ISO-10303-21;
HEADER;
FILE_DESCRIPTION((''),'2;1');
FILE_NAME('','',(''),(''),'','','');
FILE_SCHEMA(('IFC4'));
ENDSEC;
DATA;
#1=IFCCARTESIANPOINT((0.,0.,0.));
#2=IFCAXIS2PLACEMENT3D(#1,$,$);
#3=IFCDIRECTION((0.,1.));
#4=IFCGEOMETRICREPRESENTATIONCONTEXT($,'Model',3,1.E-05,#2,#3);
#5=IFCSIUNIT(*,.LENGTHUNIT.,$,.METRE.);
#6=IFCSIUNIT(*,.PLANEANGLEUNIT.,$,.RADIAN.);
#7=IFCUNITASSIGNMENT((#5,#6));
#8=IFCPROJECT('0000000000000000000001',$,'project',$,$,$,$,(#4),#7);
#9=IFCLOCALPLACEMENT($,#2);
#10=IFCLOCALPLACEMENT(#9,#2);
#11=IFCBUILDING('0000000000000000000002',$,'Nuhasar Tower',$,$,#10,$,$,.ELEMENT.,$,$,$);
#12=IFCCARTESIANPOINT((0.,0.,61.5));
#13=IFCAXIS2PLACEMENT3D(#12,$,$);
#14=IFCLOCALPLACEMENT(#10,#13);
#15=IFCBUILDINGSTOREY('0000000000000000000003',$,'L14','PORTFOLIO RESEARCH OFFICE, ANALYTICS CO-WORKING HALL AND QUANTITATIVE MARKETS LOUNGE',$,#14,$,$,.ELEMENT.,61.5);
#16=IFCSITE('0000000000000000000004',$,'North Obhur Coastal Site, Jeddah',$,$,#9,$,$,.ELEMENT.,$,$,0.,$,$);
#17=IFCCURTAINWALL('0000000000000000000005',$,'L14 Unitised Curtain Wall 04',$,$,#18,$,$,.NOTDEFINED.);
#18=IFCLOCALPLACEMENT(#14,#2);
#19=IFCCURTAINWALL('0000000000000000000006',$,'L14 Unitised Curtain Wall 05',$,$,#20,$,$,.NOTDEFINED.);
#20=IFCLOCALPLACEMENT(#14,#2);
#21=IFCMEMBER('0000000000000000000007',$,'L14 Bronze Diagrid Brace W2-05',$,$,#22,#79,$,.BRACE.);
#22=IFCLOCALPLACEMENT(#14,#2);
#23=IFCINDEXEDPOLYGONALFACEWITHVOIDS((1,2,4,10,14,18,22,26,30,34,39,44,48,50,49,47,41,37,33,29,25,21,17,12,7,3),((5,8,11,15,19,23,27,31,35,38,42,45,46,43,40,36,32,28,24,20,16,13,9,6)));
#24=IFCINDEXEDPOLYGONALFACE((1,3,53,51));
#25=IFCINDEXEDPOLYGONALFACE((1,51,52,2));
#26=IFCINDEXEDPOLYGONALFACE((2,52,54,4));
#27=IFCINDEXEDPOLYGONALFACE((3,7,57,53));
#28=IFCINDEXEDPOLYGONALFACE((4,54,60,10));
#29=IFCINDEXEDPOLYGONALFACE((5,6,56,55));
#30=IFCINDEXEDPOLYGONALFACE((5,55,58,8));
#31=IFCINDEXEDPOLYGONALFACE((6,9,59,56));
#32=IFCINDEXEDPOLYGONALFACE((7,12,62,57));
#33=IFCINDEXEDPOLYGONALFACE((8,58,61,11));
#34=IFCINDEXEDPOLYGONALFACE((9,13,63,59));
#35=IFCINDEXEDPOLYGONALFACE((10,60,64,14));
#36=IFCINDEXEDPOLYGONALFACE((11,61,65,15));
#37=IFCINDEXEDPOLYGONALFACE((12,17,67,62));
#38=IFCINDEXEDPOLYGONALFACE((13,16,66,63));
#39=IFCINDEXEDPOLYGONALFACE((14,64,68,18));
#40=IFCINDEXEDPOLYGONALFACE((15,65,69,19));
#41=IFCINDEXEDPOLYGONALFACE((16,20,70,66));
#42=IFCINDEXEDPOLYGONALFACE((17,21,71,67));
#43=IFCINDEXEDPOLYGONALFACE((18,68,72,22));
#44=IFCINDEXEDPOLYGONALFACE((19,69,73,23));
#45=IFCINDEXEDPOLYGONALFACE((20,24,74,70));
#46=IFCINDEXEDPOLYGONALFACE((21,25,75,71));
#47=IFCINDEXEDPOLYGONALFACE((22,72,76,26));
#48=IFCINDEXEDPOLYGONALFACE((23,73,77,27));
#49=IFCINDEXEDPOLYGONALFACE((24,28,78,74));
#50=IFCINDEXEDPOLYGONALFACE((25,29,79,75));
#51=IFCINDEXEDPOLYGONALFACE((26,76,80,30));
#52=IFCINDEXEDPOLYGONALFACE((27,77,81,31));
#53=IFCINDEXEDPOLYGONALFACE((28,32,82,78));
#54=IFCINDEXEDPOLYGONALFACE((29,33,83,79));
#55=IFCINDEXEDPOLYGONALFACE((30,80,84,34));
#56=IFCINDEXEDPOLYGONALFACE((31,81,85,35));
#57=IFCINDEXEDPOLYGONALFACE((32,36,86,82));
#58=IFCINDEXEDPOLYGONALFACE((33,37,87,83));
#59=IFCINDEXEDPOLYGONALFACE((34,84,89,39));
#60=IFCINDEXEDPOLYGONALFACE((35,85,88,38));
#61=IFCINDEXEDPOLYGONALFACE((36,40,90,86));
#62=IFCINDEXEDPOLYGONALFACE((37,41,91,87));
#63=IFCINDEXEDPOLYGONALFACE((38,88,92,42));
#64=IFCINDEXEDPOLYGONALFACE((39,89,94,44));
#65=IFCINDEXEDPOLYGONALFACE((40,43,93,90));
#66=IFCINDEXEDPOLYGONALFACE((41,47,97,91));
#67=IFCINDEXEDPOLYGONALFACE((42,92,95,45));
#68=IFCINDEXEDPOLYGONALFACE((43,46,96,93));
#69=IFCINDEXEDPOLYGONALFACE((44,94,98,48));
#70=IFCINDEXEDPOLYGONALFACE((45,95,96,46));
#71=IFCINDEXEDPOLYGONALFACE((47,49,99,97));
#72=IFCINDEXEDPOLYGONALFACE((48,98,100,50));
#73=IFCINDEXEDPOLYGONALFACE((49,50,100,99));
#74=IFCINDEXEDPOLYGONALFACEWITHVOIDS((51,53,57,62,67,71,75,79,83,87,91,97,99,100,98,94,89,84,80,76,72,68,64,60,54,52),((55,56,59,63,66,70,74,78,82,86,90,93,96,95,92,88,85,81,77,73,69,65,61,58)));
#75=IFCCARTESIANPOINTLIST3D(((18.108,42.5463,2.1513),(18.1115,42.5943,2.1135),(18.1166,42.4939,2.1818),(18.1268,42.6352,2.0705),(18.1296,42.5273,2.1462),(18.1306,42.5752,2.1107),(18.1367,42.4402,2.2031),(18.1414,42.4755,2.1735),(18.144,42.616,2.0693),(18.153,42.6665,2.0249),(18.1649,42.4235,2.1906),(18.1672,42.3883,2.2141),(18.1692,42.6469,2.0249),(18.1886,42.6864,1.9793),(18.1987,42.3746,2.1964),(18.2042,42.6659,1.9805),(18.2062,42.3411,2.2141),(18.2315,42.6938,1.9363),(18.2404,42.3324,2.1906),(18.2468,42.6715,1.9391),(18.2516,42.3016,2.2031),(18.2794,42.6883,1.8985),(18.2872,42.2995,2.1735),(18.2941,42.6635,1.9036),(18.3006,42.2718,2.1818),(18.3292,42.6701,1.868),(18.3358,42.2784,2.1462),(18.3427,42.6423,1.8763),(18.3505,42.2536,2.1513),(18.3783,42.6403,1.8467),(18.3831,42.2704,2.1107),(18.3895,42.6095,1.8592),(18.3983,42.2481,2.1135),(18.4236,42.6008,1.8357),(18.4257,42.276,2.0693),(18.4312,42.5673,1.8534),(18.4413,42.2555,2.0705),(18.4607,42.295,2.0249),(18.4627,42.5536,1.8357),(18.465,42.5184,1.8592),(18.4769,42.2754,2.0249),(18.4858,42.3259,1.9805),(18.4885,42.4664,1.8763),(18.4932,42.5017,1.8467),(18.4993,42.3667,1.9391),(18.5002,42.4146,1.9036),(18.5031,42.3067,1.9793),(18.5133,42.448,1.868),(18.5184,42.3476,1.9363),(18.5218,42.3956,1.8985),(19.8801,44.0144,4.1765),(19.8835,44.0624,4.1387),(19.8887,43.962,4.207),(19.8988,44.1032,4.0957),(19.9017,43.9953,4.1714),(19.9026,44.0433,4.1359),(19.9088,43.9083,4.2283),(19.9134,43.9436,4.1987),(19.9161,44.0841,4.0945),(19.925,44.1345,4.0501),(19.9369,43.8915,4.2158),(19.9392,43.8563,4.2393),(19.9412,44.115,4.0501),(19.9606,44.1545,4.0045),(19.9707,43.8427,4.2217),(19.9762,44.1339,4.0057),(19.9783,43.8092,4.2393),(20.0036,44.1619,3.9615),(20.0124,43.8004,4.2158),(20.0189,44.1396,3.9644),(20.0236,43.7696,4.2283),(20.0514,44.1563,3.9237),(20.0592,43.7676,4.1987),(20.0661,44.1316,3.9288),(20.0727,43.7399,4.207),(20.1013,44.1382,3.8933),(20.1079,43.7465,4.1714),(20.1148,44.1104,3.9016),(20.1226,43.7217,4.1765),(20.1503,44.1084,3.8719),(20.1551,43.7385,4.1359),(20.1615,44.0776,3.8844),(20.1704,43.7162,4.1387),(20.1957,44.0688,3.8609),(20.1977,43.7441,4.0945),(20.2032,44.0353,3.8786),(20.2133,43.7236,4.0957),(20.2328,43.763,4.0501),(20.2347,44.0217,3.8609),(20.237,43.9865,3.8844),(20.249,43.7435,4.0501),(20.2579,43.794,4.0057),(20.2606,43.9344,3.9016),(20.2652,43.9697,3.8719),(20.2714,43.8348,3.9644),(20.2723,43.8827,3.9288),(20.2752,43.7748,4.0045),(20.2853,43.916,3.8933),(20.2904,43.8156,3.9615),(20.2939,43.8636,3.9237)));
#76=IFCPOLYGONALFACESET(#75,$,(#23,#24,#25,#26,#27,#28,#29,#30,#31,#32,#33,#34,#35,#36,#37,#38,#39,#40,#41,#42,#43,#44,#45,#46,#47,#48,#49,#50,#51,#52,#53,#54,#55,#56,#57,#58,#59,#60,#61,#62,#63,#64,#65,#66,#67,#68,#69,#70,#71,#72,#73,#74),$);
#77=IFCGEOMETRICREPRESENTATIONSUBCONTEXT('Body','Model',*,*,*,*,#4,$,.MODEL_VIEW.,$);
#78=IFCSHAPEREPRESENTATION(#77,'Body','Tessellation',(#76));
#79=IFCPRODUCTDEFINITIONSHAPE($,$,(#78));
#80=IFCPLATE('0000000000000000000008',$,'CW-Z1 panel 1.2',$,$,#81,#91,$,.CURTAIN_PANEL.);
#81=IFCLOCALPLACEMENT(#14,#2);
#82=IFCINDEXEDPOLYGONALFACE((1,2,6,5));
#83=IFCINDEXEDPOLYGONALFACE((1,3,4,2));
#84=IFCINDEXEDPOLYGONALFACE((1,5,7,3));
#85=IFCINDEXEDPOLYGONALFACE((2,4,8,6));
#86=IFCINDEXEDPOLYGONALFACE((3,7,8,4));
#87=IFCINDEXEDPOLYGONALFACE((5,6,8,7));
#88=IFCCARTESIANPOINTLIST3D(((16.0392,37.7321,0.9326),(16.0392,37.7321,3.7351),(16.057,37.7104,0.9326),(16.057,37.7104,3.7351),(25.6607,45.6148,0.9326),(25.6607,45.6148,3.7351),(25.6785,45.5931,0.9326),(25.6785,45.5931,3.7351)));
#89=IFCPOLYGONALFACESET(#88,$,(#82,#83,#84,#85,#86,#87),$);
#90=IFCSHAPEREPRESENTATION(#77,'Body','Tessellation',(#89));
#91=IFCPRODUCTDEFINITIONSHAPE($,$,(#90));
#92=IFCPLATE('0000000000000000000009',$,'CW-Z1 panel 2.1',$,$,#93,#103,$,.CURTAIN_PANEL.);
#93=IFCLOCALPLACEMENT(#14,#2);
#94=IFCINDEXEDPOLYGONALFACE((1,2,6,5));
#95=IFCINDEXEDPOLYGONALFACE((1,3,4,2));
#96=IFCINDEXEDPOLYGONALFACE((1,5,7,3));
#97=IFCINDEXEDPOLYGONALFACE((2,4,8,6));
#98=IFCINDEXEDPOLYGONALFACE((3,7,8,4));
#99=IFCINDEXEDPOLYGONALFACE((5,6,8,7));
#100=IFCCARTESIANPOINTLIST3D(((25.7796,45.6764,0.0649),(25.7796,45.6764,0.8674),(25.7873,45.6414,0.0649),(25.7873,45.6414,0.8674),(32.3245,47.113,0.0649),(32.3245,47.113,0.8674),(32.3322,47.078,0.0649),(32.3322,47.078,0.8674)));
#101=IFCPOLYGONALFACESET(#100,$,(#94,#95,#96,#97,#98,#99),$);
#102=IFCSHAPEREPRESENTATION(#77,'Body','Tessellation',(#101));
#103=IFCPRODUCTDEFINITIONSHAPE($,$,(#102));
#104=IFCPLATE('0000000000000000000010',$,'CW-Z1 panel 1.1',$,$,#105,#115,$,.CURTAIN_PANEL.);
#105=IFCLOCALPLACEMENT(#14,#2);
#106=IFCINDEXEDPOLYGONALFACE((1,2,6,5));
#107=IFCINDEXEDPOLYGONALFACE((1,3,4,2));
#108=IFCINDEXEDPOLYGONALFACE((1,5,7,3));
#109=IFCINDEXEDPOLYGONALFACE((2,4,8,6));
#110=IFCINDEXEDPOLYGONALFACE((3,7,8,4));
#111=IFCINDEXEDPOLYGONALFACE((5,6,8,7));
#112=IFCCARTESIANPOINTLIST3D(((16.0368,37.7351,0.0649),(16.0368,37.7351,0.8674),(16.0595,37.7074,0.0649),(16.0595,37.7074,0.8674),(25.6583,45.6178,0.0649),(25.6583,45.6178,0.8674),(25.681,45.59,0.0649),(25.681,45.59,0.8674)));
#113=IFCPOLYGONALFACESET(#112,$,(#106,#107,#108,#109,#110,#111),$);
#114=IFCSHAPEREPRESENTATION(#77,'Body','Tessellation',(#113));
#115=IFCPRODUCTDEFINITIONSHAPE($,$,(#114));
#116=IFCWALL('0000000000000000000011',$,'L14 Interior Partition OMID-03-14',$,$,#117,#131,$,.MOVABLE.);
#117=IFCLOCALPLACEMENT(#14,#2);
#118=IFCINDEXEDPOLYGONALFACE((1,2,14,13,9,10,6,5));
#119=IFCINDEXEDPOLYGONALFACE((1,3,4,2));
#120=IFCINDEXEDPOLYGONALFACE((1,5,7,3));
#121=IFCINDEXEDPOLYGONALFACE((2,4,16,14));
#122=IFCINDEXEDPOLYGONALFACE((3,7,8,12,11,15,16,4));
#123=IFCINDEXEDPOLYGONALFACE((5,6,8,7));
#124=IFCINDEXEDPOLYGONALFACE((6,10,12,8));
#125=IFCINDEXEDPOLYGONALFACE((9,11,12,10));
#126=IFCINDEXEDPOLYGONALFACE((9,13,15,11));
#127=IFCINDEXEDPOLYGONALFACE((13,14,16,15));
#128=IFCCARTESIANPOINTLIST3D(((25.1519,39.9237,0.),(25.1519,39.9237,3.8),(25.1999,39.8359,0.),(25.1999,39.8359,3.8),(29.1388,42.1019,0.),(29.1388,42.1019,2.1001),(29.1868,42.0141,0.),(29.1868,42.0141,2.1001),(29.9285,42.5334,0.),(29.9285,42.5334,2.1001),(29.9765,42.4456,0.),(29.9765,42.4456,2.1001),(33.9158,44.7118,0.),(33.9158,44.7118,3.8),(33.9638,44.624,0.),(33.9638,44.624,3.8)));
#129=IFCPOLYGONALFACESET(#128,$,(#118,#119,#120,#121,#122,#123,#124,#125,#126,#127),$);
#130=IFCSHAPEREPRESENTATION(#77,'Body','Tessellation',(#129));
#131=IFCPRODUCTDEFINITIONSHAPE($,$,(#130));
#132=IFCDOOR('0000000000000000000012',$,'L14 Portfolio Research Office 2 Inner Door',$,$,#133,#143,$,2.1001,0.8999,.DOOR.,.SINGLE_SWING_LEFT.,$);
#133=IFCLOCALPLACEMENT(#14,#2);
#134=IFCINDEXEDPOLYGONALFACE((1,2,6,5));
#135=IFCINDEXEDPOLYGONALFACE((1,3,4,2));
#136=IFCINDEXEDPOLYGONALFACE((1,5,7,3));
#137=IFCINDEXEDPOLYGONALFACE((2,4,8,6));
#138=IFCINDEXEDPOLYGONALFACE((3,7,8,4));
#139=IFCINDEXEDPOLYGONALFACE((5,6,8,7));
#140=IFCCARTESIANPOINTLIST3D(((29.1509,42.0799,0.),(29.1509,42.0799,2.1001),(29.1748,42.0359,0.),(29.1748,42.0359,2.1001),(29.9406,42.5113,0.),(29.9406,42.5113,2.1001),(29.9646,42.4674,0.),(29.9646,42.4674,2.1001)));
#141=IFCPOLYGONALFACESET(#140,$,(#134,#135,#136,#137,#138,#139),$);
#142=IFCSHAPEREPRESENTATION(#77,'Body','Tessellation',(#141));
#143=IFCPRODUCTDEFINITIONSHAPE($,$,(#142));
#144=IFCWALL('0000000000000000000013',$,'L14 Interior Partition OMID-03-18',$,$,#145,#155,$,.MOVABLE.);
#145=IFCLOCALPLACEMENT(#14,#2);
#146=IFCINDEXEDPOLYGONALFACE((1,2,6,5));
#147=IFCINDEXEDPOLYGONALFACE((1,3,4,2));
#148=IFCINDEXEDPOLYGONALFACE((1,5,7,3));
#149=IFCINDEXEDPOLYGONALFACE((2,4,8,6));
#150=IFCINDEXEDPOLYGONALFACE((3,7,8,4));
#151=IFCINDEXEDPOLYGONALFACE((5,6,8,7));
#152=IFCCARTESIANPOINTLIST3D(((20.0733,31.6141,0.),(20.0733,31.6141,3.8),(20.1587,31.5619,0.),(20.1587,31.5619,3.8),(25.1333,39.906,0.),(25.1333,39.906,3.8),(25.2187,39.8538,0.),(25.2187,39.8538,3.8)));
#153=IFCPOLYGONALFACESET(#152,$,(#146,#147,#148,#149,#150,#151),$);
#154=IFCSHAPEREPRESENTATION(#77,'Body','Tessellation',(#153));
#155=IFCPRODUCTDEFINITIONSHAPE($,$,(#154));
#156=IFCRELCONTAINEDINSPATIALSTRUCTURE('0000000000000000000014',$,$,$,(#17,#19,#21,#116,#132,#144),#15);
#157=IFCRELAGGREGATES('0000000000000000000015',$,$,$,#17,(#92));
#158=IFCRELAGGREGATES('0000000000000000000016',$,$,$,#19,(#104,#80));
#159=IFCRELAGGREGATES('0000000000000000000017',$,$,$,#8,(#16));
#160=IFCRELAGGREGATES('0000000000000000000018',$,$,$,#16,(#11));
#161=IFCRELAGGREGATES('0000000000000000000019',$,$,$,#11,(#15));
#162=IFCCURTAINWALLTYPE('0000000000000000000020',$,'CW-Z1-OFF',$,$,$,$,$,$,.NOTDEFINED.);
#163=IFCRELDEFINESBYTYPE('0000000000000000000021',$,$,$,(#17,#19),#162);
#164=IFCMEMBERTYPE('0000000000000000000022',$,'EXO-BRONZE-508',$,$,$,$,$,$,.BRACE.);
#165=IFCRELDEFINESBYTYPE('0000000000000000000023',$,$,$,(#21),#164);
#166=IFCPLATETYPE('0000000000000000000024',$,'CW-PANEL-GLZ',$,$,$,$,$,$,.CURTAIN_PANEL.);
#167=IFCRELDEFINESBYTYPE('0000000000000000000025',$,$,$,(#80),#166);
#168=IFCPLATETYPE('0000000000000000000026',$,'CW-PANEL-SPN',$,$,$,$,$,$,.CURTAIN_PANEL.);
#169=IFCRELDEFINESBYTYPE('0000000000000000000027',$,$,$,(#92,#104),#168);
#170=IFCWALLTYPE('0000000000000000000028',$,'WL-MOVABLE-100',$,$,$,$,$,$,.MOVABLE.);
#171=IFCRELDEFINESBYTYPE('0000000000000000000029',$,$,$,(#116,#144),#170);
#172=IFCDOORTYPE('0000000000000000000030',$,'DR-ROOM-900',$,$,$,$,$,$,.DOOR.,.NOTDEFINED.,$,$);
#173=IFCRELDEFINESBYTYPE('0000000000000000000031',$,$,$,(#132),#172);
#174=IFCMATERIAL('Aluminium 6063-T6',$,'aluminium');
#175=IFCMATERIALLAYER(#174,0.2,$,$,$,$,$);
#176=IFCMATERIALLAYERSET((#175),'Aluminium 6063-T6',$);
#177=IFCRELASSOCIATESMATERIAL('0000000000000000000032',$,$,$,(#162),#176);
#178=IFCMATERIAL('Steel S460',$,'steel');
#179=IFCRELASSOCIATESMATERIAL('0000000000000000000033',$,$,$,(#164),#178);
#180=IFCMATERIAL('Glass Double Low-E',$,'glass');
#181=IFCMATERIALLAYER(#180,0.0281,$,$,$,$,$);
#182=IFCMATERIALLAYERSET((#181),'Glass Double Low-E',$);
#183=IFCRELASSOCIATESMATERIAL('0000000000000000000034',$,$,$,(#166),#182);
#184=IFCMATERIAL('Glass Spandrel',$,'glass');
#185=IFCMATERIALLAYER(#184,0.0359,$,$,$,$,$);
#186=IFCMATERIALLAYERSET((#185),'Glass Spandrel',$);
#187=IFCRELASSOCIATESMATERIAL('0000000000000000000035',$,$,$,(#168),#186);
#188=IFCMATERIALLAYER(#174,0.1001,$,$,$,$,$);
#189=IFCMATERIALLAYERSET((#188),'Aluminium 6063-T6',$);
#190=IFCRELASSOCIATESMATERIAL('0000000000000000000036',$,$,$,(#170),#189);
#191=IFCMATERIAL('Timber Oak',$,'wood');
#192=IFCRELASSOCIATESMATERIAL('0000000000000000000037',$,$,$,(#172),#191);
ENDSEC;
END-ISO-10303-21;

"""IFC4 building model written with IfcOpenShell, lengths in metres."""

from ifc_helpers import new_model, si_unit, direction, frame, frame_2d, origin, origin_2d, place, context, subcontext, project, spatial, rectangle, hollow_circle, extrude, material, layer, layer_set, material_profile, profile_set, type_object, element, fill, aggregate, save


model = new_model("IFC4")

# Units and contexts
model_context = context("Model", 3, precision=1e-05, world=origin(), true_north=direction((0.0, 1.0)))
body_context = subcontext(model_context, "Body", "Model", "MODEL_VIEW")
ifc_project = project(units=[si_unit("LENGTHUNIT", "METRE"), si_unit("PLANEANGLEUNIT", "RADIAN")], contexts=[model_context])

# Site, building, storey
site_placement = place(None, origin())
site = spatial("IfcSite", under=ifc_project, at=site_placement, Name="North Obhur Coastal Site, Jeddah", CompositionType="ELEMENT", RefElevation=0.0)
building_placement = place(site_placement, origin())
building = spatial("IfcBuilding", under=site, at=building_placement, Name="Nuhasar Tower", CompositionType="ELEMENT")
storey_placement = place(building_placement, frame((0.0, 0.0, 61.5)))
storey = spatial("IfcBuildingStorey", under=building, at=storey_placement, Name="L14", Description="PORTFOLIO RESEARCH OFFICE, ANALYTICS CO-WORKING HALL AND QUANTITATIVE MARKETS LOUNGE", CompositionType="ELEMENT", Elevation=61.5)

# Curtain wall
ifc_material_1 = material(Name="Aluminium 6063-T6", Category="aluminium")
ifc_layer_1 = layer(ifc_material_1, 0.2)
ifc_layer_set_1 = layer_set([ifc_layer_1], Name="Aluminium 6063-T6")
curtain_wall_type = type_object("IfcCurtainWallType", Name="CW-Z1-OFF", PredefinedType="NOTDEFINED", material=ifc_layer_set_1)
curtain_wall_1_placement = place(storey_placement, origin())
curtain_wall_1 = element("IfcCurtainWall", 1, at=curtain_wall_1_placement, inside=storey, type_object=curtain_wall_type, Name="L14 Unitised Curtain Wall 04", PredefinedType="NOTDEFINED")

# Curtain wall
curtain_wall_2_placement = place(storey_placement, origin())
curtain_wall_2 = element("IfcCurtainWall", 2, at=curtain_wall_2_placement, inside=storey, type_object=curtain_wall_type, Name="L14 Unitised Curtain Wall 05", PredefinedType="NOTDEFINED")

# Member
ifc_material_2 = material(Name="Steel S460", Category="steel")
ifc_material_profile_1 = material_profile(ifc_material_2, hollow_circle(Radius=0.2539, WallThickness=0.0254, at=origin_2d()), Name="HSS508X25.4")
ifc_profile_set_1 = profile_set([ifc_material_profile_1], Name="Steel S460")
member_type_1 = type_object("IfcMemberType", Name="EXO-BRONZE-508", PredefinedType="BRACE", material=ifc_profile_set_1)
member_1_placement = place(storey_placement, frame((18.3149, 42.4709, 2.0249), z_axis=(0.578071, 0.478912, 0.660664), x_axis=(-0.637969, 0.770062, 0.0)))
element("IfcMember", 3, at=member_1_placement, inside=storey, type_object=member_type_1, Name="L14 Bronze Diagrid Brace W2-05", PredefinedType="BRACE", context=body_context, shape_type="SweptSolid", body=[
    extrude(hollow_circle(Radius=0.2539, WallThickness=0.0254, at=origin_2d()), origin(), (0.0, 0.0, 1.0), 3.0654),
])

# Plates
ifc_material_3 = material(Name="Glass Double Low-E", Category="glass")
ifc_layer_2 = layer(ifc_material_3, 0.0281)
ifc_layer_set_2 = layer_set([ifc_layer_2], Name="Glass Double Low-E")
plate_type_1 = type_object("IfcPlateType", Name="CW-PANEL-GLZ", PredefinedType="CURTAIN_PANEL", material=ifc_layer_set_2)
plate_1_placement = place(storey_placement, frame((20.8589, 41.6626, 0.9326), z_axis=(0.0, 0.0, 1.0), x_axis=(-0.773542, -0.633745, 0.0)))
plate_1 = element("IfcPlate", 4, at=plate_1_placement, type_object=plate_type_1, Name="CW-Z1 panel 1.2", PredefinedType="CURTAIN_PANEL", context=body_context, shape_type="SweptSolid", body=[
    extrude(rectangle(XDim=12.4382, YDim=0.0281, at=origin_2d()), origin(), (0.0, 0.0, 1.0), 2.8025),
])
ifc_material_4 = material(Name="Glass Spandrel", Category="glass")
ifc_layer_3 = layer(ifc_material_4, 0.0359)
ifc_layer_set_3 = layer_set([ifc_layer_3], Name="Glass Spandrel")
plate_type_2 = type_object("IfcPlateType", Name="CW-PANEL-SPN", PredefinedType="CURTAIN_PANEL", material=ifc_layer_set_3)
plate_2_placement = place(storey_placement, frame((29.0559, 46.3772, 0.0649), z_axis=(0.0, 0.0, 1.0), x_axis=(-0.976746, -0.214399, 0.0)))
plate_2 = element("IfcPlate", 5, at=plate_2_placement, type_object=plate_type_2, Name="CW-Z1 panel 2.1", PredefinedType="CURTAIN_PANEL", context=body_context, shape_type="SweptSolid", body=[
    extrude(rectangle(XDim=6.7007, YDim=0.0359, at=origin_2d()), origin(), (0.0, 0.0, 1.0), 0.8025),
])
aggregate(curtain_wall_1, [plate_2])
plate_3_placement = place(storey_placement, frame((20.8589, 41.6626, 0.0649), z_axis=(0.0, 0.0, 1.0), x_axis=(-0.773542, -0.633745, 0.0)))
plate_3 = element("IfcPlate", 6, at=plate_3_placement, type_object=plate_type_2, Name="CW-Z1 panel 1.1", PredefinedType="CURTAIN_PANEL", context=body_context, shape_type="SweptSolid", body=[
    extrude(rectangle(XDim=12.4382, YDim=0.0359, at=origin_2d()), origin(), (0.0, 0.0, 1.0), 0.8025),
])
aggregate(curtain_wall_2, [plate_3, plate_1])

# Wall, opening, door
ifc_layer_4 = layer(ifc_material_1, 0.1001)
ifc_layer_set_4 = layer_set([ifc_layer_4], Name="Aluminium 6063-T6")
wall_type = type_object("IfcWallType", Name="WL-MOVABLE-100", PredefinedType="MOVABLE", material=ifc_layer_set_4)
wall_1_placement = place(storey_placement, frame((25.176, 39.8799, 0.0), z_axis=(0.0, 0.0, 1.0), x_axis=(0.877568, 0.479452, 0.0)))
wall_1 = element("IfcWall", 7, at=wall_1_placement, inside=storey, type_object=wall_type, Name="L14 Interior Partition OMID-03-14", PredefinedType="MOVABLE", context=body_context, shape_type="SweptSolid", body=[
    extrude(rectangle(XDim=9.9866, YDim=0.1001, at=frame_2d((4.9932, 0.0))), origin(), (0.0, 0.0, 1.0), 3.8),
])
opening_placement = place(wall_1_placement, frame((4.543, 0.0, 0.0)))
opening = element("IfcOpeningElement", 8, at=opening_placement, cuts=wall_1, PredefinedType="OPENING", context=body_context, shape_type="SweptSolid", body=[
    extrude(rectangle(XDim=0.8999, YDim=2.1001, at=frame_2d((0.45, 1.05))), frame((0.0, 0.0601, 0.0), z_axis=(0.0, -1.0, 0.0), x_axis=(1.0, 0.0, 0.0)), (0.0, 0.0, 1.0), 0.1201),
])
ifc_material_5 = material(Name="Timber Oak", Category="wood")
door_type = type_object("IfcDoorType", Name="DR-ROOM-900", OperationType="NOTDEFINED", PredefinedType="DOOR", material=ifc_material_5)
door_placement = place(opening_placement, origin())
door = element("IfcDoor", 9, at=door_placement, inside=storey, type_object=door_type, Name="L14 Portfolio Research Office 2 Inner Door", OperationType="SINGLE_SWING_LEFT", OverallHeight=2.1001, OverallWidth=0.8999, PredefinedType="DOOR", context=body_context, shape_type="SweptSolid", body=[
    extrude(rectangle(XDim=0.8999, YDim=2.1001, at=frame_2d((0.45, 1.05))), frame((0.0, 0.0249, 0.0), z_axis=(0.0, -1.0, 0.0), x_axis=(1.0, 0.0, 0.0)), (0.0, 0.0, 1.0), 0.05),
])
fill(opening, door)

# Wall
wall_2_placement = place(storey_placement, frame((25.176, 39.8799, 0.0), z_axis=(0.0, 0.0, 1.0), x_axis=(-0.520905, -0.853615, 0.0)))
element("IfcWall", 10, at=wall_2_placement, inside=storey, type_object=wall_type, Name="L14 Interior Partition OMID-03-18", PredefinedType="MOVABLE", context=body_context, shape_type="SweptSolid", body=[
    extrude(rectangle(XDim=9.7139, YDim=0.1001, at=frame_2d((4.8569, 0.0))), origin(), (0.0, 0.0, 1.0), 3.8),
])

save(model, "model.ifc")
